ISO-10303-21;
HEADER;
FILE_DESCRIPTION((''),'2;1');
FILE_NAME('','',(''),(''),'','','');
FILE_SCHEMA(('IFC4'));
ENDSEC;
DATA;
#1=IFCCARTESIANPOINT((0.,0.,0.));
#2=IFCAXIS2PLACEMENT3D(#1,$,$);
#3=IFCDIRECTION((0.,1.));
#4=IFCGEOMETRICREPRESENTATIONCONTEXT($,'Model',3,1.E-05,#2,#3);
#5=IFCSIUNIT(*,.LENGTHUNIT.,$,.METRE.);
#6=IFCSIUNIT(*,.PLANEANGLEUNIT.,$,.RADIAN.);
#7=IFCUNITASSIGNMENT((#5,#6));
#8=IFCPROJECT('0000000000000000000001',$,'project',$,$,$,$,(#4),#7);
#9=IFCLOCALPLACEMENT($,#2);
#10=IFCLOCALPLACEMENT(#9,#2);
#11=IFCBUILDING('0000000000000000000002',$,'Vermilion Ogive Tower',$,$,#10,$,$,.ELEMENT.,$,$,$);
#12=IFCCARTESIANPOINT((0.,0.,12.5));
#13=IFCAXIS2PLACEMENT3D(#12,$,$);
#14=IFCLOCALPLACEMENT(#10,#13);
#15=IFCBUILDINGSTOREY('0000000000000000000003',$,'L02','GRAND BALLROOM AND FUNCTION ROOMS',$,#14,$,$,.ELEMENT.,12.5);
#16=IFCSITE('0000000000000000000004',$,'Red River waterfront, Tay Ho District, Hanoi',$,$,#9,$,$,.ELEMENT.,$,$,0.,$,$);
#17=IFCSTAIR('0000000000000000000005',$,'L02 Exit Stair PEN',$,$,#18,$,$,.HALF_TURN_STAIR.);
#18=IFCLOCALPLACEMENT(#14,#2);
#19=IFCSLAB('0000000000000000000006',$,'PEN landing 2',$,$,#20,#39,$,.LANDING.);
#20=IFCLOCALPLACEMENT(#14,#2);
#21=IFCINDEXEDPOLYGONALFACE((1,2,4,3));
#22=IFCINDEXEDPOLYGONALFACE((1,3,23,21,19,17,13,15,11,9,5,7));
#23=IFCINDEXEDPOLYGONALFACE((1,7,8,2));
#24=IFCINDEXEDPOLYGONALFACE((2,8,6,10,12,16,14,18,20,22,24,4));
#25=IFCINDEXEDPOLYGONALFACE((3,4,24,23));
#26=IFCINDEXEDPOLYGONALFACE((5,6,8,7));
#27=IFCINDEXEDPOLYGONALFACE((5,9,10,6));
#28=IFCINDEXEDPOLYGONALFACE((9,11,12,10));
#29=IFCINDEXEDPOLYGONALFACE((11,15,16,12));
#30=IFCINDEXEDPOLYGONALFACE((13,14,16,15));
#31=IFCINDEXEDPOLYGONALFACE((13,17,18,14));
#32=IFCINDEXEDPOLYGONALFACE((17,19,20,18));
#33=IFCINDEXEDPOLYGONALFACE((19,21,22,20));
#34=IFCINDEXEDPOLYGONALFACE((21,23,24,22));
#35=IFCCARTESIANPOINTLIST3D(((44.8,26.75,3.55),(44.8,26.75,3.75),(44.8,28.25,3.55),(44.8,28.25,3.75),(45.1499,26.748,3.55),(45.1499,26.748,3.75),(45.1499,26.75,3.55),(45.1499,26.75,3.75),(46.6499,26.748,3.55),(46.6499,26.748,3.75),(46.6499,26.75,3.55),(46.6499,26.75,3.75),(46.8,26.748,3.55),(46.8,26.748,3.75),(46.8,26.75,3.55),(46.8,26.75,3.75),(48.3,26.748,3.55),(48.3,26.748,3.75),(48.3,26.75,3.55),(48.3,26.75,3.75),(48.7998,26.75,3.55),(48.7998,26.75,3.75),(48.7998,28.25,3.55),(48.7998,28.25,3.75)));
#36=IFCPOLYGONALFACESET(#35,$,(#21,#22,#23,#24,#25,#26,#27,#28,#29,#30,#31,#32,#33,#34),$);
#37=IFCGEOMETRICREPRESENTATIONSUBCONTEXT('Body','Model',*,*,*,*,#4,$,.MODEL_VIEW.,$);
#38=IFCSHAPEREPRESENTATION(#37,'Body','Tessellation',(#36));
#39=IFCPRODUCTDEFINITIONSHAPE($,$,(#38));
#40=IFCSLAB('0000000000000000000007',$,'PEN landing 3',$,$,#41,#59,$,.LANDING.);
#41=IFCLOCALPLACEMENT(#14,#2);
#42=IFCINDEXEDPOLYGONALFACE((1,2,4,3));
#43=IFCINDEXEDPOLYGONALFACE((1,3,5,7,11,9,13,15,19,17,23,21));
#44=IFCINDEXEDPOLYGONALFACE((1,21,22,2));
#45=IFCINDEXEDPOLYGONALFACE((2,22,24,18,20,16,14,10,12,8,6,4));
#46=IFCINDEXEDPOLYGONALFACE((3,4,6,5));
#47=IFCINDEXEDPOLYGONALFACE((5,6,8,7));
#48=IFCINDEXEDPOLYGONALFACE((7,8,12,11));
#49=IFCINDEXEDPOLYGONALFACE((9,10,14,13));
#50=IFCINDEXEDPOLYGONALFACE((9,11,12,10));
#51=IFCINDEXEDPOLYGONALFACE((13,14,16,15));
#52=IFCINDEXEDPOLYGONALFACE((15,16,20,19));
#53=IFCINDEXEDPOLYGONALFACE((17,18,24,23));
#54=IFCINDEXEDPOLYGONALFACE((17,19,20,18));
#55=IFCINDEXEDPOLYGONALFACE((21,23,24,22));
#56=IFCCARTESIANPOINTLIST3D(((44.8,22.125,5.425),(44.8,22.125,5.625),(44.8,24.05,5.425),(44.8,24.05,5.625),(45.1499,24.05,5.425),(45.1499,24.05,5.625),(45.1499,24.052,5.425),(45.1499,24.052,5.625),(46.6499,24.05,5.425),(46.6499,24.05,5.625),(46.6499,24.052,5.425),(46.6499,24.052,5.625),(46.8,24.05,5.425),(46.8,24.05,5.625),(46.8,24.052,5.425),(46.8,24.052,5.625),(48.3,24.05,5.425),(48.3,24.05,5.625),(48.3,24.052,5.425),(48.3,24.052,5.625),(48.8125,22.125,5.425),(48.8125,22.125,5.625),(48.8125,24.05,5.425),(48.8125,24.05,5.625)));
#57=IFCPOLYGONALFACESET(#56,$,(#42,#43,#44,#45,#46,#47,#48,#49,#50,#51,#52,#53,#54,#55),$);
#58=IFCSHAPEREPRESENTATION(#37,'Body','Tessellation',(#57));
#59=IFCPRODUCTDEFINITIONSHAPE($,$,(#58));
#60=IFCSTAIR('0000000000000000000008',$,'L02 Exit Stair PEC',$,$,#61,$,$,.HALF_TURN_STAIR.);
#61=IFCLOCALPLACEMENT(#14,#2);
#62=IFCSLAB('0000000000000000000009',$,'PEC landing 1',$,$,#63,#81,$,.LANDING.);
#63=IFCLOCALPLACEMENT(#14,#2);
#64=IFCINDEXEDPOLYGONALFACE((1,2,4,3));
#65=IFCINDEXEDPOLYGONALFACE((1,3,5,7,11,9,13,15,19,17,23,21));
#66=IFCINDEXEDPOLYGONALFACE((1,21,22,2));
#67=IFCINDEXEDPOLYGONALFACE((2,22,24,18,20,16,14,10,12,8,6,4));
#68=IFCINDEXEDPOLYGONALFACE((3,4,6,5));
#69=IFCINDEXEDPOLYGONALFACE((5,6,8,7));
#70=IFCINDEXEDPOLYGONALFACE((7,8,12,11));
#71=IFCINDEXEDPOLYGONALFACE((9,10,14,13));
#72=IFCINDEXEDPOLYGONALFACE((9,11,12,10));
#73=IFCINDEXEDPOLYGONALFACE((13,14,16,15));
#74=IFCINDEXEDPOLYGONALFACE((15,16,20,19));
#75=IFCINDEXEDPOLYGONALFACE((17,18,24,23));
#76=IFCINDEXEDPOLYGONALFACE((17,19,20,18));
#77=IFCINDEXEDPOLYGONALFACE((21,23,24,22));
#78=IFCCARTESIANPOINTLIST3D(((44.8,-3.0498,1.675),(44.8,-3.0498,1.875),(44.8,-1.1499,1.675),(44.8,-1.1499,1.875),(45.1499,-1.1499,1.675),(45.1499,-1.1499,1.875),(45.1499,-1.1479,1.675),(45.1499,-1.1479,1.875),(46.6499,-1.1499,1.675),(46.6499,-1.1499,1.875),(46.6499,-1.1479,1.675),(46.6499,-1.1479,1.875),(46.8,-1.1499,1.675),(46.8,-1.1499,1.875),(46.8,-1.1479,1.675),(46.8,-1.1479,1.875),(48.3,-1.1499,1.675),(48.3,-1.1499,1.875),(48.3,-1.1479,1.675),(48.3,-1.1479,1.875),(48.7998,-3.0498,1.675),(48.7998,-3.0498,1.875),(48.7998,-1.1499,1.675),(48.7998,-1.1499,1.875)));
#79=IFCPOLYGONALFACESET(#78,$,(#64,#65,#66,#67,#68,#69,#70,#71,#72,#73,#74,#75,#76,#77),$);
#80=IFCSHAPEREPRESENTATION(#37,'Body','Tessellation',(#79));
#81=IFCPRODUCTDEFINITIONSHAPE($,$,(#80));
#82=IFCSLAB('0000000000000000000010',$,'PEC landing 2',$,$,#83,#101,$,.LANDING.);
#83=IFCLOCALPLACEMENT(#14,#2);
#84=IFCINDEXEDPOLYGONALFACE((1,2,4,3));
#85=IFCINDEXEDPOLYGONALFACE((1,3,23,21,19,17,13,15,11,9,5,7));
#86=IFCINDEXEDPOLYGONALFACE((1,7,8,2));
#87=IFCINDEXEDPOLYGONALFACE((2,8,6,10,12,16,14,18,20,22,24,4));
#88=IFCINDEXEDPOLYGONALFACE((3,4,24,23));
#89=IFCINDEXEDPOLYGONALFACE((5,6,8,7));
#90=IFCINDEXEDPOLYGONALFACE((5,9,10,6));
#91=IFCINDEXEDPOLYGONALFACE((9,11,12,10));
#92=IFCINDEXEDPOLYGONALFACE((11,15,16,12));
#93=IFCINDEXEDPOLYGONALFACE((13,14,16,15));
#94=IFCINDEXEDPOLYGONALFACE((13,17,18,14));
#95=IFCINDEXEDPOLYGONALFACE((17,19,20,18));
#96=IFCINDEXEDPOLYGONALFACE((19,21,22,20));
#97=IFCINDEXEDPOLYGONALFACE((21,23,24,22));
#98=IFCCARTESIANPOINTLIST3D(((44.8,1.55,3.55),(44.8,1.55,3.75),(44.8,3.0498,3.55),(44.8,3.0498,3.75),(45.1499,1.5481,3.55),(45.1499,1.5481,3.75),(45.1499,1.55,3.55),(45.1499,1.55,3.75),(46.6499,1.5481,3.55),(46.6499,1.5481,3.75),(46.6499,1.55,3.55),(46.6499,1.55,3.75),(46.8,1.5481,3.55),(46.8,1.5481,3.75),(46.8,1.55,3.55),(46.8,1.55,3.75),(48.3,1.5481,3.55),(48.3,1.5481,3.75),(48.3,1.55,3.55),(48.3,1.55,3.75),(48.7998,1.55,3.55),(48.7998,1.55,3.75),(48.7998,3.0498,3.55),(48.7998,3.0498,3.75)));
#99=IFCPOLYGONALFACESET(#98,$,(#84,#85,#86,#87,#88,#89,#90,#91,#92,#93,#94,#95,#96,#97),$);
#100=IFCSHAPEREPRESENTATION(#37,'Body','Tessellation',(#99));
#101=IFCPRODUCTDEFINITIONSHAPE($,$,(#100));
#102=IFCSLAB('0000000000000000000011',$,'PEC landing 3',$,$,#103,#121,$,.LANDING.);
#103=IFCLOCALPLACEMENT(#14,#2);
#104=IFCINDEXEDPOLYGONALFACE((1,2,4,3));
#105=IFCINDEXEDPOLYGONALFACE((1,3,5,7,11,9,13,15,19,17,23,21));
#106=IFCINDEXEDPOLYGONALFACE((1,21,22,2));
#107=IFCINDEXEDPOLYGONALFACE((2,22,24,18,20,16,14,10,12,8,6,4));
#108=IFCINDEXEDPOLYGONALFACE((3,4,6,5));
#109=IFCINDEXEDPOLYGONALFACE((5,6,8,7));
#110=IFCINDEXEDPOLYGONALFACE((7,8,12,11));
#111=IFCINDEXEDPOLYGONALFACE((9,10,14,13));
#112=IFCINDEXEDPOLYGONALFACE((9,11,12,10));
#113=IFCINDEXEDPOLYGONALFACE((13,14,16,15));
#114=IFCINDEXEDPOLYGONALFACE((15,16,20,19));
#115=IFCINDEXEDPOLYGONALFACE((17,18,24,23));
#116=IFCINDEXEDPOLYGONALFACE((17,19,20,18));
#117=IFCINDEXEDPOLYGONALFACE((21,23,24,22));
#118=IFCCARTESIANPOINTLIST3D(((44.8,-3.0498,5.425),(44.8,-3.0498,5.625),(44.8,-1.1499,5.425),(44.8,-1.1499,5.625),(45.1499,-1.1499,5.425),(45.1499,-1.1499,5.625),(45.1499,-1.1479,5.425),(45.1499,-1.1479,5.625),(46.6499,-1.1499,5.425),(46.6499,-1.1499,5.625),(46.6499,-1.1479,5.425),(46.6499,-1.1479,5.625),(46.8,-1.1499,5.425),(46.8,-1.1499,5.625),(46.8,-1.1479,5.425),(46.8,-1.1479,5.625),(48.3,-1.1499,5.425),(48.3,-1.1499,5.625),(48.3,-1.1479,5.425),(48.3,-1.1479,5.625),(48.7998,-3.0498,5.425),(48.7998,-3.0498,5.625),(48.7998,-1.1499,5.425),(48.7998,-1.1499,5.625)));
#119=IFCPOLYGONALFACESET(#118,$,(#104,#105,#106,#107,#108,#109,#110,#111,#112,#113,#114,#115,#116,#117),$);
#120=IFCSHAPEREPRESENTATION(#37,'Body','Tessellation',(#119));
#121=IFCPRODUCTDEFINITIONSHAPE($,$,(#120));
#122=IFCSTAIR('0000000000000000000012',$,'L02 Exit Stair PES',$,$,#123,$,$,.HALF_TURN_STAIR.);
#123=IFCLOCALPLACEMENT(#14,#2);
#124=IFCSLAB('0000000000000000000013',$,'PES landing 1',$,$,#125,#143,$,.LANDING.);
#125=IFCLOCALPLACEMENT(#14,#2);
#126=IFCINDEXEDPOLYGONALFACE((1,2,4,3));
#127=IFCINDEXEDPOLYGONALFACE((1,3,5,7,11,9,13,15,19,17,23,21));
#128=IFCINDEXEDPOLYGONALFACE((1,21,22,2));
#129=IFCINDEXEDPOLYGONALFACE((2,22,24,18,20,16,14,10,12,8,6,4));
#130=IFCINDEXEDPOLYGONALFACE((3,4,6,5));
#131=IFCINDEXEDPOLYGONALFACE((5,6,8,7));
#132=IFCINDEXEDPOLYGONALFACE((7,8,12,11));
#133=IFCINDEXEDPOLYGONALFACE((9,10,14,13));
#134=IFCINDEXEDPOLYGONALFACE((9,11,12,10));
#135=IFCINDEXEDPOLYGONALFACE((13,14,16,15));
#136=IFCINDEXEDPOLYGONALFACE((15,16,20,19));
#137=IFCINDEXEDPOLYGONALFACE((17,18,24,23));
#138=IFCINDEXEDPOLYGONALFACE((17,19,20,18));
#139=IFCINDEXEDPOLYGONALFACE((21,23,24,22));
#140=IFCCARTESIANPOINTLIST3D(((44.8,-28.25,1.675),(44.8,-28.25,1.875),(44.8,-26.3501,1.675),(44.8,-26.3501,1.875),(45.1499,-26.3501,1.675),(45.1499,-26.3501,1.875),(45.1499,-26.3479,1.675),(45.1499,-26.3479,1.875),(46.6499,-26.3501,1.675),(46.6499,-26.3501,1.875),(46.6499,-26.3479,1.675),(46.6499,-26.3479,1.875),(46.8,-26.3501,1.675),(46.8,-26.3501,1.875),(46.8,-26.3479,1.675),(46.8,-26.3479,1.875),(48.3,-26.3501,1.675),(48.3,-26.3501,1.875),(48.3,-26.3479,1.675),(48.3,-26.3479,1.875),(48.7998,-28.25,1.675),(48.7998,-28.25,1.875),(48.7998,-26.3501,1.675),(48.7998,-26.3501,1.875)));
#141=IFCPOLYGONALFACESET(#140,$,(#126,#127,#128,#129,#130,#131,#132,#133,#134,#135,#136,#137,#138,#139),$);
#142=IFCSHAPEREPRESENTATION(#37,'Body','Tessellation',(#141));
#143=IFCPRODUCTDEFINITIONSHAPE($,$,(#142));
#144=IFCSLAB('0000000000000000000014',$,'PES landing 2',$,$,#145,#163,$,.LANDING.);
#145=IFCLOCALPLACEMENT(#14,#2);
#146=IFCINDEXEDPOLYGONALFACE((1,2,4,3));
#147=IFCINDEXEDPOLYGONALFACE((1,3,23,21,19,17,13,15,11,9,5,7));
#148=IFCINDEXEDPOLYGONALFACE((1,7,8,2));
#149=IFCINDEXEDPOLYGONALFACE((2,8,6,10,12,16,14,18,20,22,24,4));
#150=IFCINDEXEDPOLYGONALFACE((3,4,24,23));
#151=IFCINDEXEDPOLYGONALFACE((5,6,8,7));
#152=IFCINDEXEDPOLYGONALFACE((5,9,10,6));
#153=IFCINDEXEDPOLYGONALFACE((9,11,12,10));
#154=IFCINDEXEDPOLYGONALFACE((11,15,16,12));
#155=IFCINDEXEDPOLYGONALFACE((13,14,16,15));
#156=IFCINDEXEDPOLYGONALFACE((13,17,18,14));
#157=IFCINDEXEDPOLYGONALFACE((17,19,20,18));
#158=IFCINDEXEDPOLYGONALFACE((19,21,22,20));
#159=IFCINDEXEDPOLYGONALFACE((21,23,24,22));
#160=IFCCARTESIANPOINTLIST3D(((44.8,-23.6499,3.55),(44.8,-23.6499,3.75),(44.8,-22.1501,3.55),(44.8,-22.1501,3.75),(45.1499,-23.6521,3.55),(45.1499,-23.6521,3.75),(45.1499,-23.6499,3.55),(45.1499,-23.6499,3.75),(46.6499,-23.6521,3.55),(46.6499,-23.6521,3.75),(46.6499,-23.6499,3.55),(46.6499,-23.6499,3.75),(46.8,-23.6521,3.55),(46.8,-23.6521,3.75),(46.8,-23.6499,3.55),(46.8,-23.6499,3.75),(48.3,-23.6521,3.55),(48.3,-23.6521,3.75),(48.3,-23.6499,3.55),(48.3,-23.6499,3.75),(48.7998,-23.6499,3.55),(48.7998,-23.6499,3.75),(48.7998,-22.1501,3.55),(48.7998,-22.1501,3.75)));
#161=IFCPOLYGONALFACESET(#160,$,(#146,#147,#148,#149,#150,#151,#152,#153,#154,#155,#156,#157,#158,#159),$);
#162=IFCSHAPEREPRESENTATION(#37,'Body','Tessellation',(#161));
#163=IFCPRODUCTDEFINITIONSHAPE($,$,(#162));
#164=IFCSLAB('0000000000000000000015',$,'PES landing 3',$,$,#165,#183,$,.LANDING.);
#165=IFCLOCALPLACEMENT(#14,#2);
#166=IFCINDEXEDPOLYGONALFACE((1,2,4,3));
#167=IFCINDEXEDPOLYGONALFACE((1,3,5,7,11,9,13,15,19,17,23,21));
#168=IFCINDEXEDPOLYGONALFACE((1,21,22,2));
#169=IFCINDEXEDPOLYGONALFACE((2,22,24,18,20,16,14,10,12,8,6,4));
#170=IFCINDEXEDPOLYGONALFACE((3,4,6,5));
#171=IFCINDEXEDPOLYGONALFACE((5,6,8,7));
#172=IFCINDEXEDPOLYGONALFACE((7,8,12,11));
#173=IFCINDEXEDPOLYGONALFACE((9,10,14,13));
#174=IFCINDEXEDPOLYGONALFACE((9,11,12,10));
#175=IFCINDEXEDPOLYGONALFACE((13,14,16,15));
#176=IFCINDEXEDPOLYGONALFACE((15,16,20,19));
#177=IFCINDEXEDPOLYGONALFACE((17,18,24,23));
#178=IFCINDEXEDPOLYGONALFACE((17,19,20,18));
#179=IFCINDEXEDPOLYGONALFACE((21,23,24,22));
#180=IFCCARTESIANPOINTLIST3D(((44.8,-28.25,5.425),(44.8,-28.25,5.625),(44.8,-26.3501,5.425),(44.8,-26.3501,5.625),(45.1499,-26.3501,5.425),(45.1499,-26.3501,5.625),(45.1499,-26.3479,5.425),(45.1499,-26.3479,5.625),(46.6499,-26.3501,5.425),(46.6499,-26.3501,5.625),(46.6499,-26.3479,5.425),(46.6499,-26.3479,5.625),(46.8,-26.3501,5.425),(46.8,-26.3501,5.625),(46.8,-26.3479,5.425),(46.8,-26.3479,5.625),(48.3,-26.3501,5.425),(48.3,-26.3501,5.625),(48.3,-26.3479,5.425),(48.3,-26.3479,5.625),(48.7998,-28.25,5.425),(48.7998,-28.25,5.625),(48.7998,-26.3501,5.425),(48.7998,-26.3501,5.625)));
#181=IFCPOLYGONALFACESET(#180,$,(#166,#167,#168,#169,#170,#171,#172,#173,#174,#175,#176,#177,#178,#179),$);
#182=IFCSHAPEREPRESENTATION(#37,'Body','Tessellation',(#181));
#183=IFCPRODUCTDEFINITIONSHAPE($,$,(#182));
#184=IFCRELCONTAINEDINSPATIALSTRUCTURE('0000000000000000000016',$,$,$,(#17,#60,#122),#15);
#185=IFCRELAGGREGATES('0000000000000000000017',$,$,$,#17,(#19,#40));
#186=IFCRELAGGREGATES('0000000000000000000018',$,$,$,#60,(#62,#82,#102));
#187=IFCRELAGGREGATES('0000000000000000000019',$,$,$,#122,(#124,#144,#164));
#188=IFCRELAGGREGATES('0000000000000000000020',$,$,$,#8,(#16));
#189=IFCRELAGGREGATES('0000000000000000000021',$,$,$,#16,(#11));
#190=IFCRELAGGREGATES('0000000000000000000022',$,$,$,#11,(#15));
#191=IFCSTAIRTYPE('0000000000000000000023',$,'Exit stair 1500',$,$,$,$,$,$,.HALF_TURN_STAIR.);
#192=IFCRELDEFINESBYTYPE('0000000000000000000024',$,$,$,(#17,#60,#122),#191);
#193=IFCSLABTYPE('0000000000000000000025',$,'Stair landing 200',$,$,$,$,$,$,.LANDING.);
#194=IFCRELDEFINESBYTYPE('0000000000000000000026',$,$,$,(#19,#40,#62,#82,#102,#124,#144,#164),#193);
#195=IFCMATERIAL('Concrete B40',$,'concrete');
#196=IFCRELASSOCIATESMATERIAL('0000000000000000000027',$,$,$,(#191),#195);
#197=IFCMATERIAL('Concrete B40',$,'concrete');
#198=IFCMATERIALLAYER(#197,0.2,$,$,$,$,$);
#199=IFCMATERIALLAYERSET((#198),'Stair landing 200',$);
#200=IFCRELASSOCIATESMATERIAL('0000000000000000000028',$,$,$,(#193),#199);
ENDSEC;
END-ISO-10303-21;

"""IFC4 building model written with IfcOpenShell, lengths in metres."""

from ifc_helpers import new_model, si_unit, direction, frame, origin, place, context, subcontext, project, spatial, polyline, outline, extrude, material, layer, layer_set, type_object, element, aggregate, save


model = new_model("IFC4")

# Units and contexts
model_context = context("Model", 3, precision=1e-05, world=origin(), true_north=direction((0.0, 1.0)))
body_context = subcontext(model_context, "Body", "Model", "MODEL_VIEW")
ifc_project = project(units=[si_unit("LENGTHUNIT", "METRE"), si_unit("PLANEANGLEUNIT", "RADIAN")], contexts=[model_context])

# Site, building, storey
site_placement = place(None, origin())
site = spatial("IfcSite", under=ifc_project, at=site_placement, Name="Red River waterfront, Tay Ho District, Hanoi", CompositionType="ELEMENT", RefElevation=0.0)
building_placement = place(site_placement, origin())
building = spatial("IfcBuilding", under=site, at=building_placement, Name="Vermilion Ogive Tower", CompositionType="ELEMENT")
storey_placement = place(building_placement, frame((0.0, 0.0, 12.5)))
storey = spatial("IfcBuildingStorey", under=building, at=storey_placement, Name="L02", Description="GRAND BALLROOM AND FUNCTION ROOMS", CompositionType="ELEMENT", Elevation=12.5)

# Stairs, slabs
ifc_material_1 = material(Name="Concrete B40", Category="concrete")
stair_type = type_object("IfcStairType", Name="Exit stair 1500", PredefinedType="HALF_TURN_STAIR", material=ifc_material_1)
ifc_material_2 = material(Name="Concrete B40", Category="concrete")
ifc_layer = layer(ifc_material_2, 0.2)
ifc_layer_set = layer_set([ifc_layer], Name="Stair landing 200")
slab_type = type_object("IfcSlabType", Name="Stair landing 200", PredefinedType="LANDING", material=ifc_layer_set)
stair_1_placement = place(storey_placement, origin())
stair_1 = element("IfcStair", 1, at=stair_1_placement, inside=storey, type_object=stair_type, Name="L02 Exit Stair PEN", PredefinedType="HALF_TURN_STAIR")
slab_1_placement = place(storey_placement, frame((0.0, 0.0, 3.55)))
slab_1 = element("IfcSlab", 2, at=slab_1_placement, type_object=slab_type, Name="PEN landing 2", PredefinedType="LANDING", context=body_context, shape_type="SweptSolid", body=[
    extrude(outline(polyline([(44.8, 26.75), (45.1499, 26.75), (45.1499, 26.748), (46.6499, 26.748), (46.6499, 26.75), (46.8, 26.75), (46.8, 26.748), (48.3, 26.748), (48.3, 26.75), (48.7998, 26.75), (48.7998, 28.25), (44.8, 28.25), (44.8, 26.75)])), origin(), (0.0, 0.0, 1.0), 0.2),
])
slab_2_placement = place(storey_placement, frame((0.0, 0.0, 5.425)))
slab_2 = element("IfcSlab", 3, at=slab_2_placement, type_object=slab_type, Name="PEN landing 3", PredefinedType="LANDING", context=body_context, shape_type="SweptSolid", body=[
    extrude(outline(polyline([(48.8125, 24.05), (48.3, 24.05), (48.3, 24.052), (46.8, 24.052), (46.8, 24.05), (46.6499, 24.05), (46.6499, 24.052), (45.1499, 24.052), (45.1499, 24.05), (44.8, 24.05), (44.8, 22.125), (48.8125, 22.125), (48.8125, 24.05)])), origin(), (0.0, 0.0, 1.0), 0.2),
])
aggregate(stair_1, [slab_1, slab_2])
stair_2_placement = place(storey_placement, origin())
stair_2 = element("IfcStair", 4, at=stair_2_placement, inside=storey, type_object=stair_type, Name="L02 Exit Stair PEC", PredefinedType="HALF_TURN_STAIR")
slab_3_placement = place(storey_placement, frame((0.0, 0.0, 1.675)))
slab_3 = element("IfcSlab", 5, at=slab_3_placement, type_object=slab_type, Name="PEC landing 1", PredefinedType="LANDING", context=body_context, shape_type="SweptSolid", body=[
    extrude(outline(polyline([(48.7998, -1.1499), (48.3, -1.1499), (48.3, -1.1479), (46.8, -1.1479), (46.8, -1.1499), (46.6499, -1.1499), (46.6499, -1.1479), (45.1499, -1.1479), (45.1499, -1.1499), (44.8, -1.1499), (44.8, -3.0498), (48.7998, -3.0498), (48.7998, -1.1499)])), origin(), (0.0, 0.0, 1.0), 0.2),
])
slab_4_placement = place(storey_placement, frame((0.0, 0.0, 3.55)))
slab_4 = element("IfcSlab", 6, at=slab_4_placement, type_object=slab_type, Name="PEC landing 2", PredefinedType="LANDING", context=body_context, shape_type="SweptSolid", body=[
    extrude(outline(polyline([(44.8, 1.55), (45.1499, 1.55), (45.1499, 1.5481), (46.6499, 1.5481), (46.6499, 1.55), (46.8, 1.55), (46.8, 1.5481), (48.3, 1.5481), (48.3, 1.55), (48.7998, 1.55), (48.7998, 3.0498), (44.8, 3.0498), (44.8, 1.55)])), origin(), (0.0, 0.0, 1.0), 0.2),
])
slab_5_placement = place(storey_placement, frame((0.0, 0.0, 5.425)))
slab_5 = element("IfcSlab", 7, at=slab_5_placement, type_object=slab_type, Name="PEC landing 3", PredefinedType="LANDING", context=body_context, shape_type="SweptSolid", body=[
    extrude(outline(polyline([(48.7998, -1.1499), (48.3, -1.1499), (48.3, -1.1479), (46.8, -1.1479), (46.8, -1.1499), (46.6499, -1.1499), (46.6499, -1.1479), (45.1499, -1.1479), (45.1499, -1.1499), (44.8, -1.1499), (44.8, -3.0498), (48.7998, -3.0498), (48.7998, -1.1499)])), origin(), (0.0, 0.0, 1.0), 0.2),
])
aggregate(stair_2, [slab_3, slab_4, slab_5])
stair_3_placement = place(storey_placement, origin())
stair_3 = element("IfcStair", 8, at=stair_3_placement, inside=storey, type_object=stair_type, Name="L02 Exit Stair PES", PredefinedType="HALF_TURN_STAIR")
slab_6_placement = place(storey_placement, frame((0.0, 0.0, 1.675)))
slab_6 = element("IfcSlab", 9, at=slab_6_placement, type_object=slab_type, Name="PES landing 1", PredefinedType="LANDING", context=body_context, shape_type="SweptSolid", body=[
    extrude(outline(polyline([(48.7998, -26.3501), (48.3, -26.3501), (48.3, -26.3479), (46.8, -26.3479), (46.8, -26.3501), (46.6499, -26.3501), (46.6499, -26.3479), (45.1499, -26.3479), (45.1499, -26.3501), (44.8, -26.3501), (44.8, -28.25), (48.7998, -28.25), (48.7998, -26.3501)])), origin(), (0.0, 0.0, 1.0), 0.2),
])
slab_7_placement = place(storey_placement, frame((0.0, 0.0, 3.55)))
slab_7 = element("IfcSlab", 10, at=slab_7_placement, type_object=slab_type, Name="PES landing 2", PredefinedType="LANDING", context=body_context, shape_type="SweptSolid", body=[
    extrude(outline(polyline([(44.8, -23.6499), (45.1499, -23.6499), (45.1499, -23.6521), (46.6499, -23.6521), (46.6499, -23.6499), (46.8, -23.6499), (46.8, -23.6521), (48.3, -23.6521), (48.3, -23.6499), (48.7998, -23.6499), (48.7998, -22.1501), (44.8, -22.1501), (44.8, -23.6499)])), origin(), (0.0, 0.0, 1.0), 0.2),
])
slab_8_placement = place(storey_placement, frame((0.0, 0.0, 5.425)))
slab_8 = element("IfcSlab", 11, at=slab_8_placement, type_object=slab_type, Name="PES landing 3", PredefinedType="LANDING", context=body_context, shape_type="SweptSolid", body=[
    extrude(outline(polyline([(48.7998, -26.3501), (48.3, -26.3501), (48.3, -26.3479), (46.8, -26.3479), (46.8, -26.3501), (46.6499, -26.3501), (46.6499, -26.3479), (45.1499, -26.3479), (45.1499, -26.3501), (44.8, -26.3501), (44.8, -28.25), (48.7998, -28.25), (48.7998, -26.3501)])), origin(), (0.0, 0.0, 1.0), 0.2),
])
aggregate(stair_3, [slab_6, slab_7, slab_8])

save(model, "model.ifc")
